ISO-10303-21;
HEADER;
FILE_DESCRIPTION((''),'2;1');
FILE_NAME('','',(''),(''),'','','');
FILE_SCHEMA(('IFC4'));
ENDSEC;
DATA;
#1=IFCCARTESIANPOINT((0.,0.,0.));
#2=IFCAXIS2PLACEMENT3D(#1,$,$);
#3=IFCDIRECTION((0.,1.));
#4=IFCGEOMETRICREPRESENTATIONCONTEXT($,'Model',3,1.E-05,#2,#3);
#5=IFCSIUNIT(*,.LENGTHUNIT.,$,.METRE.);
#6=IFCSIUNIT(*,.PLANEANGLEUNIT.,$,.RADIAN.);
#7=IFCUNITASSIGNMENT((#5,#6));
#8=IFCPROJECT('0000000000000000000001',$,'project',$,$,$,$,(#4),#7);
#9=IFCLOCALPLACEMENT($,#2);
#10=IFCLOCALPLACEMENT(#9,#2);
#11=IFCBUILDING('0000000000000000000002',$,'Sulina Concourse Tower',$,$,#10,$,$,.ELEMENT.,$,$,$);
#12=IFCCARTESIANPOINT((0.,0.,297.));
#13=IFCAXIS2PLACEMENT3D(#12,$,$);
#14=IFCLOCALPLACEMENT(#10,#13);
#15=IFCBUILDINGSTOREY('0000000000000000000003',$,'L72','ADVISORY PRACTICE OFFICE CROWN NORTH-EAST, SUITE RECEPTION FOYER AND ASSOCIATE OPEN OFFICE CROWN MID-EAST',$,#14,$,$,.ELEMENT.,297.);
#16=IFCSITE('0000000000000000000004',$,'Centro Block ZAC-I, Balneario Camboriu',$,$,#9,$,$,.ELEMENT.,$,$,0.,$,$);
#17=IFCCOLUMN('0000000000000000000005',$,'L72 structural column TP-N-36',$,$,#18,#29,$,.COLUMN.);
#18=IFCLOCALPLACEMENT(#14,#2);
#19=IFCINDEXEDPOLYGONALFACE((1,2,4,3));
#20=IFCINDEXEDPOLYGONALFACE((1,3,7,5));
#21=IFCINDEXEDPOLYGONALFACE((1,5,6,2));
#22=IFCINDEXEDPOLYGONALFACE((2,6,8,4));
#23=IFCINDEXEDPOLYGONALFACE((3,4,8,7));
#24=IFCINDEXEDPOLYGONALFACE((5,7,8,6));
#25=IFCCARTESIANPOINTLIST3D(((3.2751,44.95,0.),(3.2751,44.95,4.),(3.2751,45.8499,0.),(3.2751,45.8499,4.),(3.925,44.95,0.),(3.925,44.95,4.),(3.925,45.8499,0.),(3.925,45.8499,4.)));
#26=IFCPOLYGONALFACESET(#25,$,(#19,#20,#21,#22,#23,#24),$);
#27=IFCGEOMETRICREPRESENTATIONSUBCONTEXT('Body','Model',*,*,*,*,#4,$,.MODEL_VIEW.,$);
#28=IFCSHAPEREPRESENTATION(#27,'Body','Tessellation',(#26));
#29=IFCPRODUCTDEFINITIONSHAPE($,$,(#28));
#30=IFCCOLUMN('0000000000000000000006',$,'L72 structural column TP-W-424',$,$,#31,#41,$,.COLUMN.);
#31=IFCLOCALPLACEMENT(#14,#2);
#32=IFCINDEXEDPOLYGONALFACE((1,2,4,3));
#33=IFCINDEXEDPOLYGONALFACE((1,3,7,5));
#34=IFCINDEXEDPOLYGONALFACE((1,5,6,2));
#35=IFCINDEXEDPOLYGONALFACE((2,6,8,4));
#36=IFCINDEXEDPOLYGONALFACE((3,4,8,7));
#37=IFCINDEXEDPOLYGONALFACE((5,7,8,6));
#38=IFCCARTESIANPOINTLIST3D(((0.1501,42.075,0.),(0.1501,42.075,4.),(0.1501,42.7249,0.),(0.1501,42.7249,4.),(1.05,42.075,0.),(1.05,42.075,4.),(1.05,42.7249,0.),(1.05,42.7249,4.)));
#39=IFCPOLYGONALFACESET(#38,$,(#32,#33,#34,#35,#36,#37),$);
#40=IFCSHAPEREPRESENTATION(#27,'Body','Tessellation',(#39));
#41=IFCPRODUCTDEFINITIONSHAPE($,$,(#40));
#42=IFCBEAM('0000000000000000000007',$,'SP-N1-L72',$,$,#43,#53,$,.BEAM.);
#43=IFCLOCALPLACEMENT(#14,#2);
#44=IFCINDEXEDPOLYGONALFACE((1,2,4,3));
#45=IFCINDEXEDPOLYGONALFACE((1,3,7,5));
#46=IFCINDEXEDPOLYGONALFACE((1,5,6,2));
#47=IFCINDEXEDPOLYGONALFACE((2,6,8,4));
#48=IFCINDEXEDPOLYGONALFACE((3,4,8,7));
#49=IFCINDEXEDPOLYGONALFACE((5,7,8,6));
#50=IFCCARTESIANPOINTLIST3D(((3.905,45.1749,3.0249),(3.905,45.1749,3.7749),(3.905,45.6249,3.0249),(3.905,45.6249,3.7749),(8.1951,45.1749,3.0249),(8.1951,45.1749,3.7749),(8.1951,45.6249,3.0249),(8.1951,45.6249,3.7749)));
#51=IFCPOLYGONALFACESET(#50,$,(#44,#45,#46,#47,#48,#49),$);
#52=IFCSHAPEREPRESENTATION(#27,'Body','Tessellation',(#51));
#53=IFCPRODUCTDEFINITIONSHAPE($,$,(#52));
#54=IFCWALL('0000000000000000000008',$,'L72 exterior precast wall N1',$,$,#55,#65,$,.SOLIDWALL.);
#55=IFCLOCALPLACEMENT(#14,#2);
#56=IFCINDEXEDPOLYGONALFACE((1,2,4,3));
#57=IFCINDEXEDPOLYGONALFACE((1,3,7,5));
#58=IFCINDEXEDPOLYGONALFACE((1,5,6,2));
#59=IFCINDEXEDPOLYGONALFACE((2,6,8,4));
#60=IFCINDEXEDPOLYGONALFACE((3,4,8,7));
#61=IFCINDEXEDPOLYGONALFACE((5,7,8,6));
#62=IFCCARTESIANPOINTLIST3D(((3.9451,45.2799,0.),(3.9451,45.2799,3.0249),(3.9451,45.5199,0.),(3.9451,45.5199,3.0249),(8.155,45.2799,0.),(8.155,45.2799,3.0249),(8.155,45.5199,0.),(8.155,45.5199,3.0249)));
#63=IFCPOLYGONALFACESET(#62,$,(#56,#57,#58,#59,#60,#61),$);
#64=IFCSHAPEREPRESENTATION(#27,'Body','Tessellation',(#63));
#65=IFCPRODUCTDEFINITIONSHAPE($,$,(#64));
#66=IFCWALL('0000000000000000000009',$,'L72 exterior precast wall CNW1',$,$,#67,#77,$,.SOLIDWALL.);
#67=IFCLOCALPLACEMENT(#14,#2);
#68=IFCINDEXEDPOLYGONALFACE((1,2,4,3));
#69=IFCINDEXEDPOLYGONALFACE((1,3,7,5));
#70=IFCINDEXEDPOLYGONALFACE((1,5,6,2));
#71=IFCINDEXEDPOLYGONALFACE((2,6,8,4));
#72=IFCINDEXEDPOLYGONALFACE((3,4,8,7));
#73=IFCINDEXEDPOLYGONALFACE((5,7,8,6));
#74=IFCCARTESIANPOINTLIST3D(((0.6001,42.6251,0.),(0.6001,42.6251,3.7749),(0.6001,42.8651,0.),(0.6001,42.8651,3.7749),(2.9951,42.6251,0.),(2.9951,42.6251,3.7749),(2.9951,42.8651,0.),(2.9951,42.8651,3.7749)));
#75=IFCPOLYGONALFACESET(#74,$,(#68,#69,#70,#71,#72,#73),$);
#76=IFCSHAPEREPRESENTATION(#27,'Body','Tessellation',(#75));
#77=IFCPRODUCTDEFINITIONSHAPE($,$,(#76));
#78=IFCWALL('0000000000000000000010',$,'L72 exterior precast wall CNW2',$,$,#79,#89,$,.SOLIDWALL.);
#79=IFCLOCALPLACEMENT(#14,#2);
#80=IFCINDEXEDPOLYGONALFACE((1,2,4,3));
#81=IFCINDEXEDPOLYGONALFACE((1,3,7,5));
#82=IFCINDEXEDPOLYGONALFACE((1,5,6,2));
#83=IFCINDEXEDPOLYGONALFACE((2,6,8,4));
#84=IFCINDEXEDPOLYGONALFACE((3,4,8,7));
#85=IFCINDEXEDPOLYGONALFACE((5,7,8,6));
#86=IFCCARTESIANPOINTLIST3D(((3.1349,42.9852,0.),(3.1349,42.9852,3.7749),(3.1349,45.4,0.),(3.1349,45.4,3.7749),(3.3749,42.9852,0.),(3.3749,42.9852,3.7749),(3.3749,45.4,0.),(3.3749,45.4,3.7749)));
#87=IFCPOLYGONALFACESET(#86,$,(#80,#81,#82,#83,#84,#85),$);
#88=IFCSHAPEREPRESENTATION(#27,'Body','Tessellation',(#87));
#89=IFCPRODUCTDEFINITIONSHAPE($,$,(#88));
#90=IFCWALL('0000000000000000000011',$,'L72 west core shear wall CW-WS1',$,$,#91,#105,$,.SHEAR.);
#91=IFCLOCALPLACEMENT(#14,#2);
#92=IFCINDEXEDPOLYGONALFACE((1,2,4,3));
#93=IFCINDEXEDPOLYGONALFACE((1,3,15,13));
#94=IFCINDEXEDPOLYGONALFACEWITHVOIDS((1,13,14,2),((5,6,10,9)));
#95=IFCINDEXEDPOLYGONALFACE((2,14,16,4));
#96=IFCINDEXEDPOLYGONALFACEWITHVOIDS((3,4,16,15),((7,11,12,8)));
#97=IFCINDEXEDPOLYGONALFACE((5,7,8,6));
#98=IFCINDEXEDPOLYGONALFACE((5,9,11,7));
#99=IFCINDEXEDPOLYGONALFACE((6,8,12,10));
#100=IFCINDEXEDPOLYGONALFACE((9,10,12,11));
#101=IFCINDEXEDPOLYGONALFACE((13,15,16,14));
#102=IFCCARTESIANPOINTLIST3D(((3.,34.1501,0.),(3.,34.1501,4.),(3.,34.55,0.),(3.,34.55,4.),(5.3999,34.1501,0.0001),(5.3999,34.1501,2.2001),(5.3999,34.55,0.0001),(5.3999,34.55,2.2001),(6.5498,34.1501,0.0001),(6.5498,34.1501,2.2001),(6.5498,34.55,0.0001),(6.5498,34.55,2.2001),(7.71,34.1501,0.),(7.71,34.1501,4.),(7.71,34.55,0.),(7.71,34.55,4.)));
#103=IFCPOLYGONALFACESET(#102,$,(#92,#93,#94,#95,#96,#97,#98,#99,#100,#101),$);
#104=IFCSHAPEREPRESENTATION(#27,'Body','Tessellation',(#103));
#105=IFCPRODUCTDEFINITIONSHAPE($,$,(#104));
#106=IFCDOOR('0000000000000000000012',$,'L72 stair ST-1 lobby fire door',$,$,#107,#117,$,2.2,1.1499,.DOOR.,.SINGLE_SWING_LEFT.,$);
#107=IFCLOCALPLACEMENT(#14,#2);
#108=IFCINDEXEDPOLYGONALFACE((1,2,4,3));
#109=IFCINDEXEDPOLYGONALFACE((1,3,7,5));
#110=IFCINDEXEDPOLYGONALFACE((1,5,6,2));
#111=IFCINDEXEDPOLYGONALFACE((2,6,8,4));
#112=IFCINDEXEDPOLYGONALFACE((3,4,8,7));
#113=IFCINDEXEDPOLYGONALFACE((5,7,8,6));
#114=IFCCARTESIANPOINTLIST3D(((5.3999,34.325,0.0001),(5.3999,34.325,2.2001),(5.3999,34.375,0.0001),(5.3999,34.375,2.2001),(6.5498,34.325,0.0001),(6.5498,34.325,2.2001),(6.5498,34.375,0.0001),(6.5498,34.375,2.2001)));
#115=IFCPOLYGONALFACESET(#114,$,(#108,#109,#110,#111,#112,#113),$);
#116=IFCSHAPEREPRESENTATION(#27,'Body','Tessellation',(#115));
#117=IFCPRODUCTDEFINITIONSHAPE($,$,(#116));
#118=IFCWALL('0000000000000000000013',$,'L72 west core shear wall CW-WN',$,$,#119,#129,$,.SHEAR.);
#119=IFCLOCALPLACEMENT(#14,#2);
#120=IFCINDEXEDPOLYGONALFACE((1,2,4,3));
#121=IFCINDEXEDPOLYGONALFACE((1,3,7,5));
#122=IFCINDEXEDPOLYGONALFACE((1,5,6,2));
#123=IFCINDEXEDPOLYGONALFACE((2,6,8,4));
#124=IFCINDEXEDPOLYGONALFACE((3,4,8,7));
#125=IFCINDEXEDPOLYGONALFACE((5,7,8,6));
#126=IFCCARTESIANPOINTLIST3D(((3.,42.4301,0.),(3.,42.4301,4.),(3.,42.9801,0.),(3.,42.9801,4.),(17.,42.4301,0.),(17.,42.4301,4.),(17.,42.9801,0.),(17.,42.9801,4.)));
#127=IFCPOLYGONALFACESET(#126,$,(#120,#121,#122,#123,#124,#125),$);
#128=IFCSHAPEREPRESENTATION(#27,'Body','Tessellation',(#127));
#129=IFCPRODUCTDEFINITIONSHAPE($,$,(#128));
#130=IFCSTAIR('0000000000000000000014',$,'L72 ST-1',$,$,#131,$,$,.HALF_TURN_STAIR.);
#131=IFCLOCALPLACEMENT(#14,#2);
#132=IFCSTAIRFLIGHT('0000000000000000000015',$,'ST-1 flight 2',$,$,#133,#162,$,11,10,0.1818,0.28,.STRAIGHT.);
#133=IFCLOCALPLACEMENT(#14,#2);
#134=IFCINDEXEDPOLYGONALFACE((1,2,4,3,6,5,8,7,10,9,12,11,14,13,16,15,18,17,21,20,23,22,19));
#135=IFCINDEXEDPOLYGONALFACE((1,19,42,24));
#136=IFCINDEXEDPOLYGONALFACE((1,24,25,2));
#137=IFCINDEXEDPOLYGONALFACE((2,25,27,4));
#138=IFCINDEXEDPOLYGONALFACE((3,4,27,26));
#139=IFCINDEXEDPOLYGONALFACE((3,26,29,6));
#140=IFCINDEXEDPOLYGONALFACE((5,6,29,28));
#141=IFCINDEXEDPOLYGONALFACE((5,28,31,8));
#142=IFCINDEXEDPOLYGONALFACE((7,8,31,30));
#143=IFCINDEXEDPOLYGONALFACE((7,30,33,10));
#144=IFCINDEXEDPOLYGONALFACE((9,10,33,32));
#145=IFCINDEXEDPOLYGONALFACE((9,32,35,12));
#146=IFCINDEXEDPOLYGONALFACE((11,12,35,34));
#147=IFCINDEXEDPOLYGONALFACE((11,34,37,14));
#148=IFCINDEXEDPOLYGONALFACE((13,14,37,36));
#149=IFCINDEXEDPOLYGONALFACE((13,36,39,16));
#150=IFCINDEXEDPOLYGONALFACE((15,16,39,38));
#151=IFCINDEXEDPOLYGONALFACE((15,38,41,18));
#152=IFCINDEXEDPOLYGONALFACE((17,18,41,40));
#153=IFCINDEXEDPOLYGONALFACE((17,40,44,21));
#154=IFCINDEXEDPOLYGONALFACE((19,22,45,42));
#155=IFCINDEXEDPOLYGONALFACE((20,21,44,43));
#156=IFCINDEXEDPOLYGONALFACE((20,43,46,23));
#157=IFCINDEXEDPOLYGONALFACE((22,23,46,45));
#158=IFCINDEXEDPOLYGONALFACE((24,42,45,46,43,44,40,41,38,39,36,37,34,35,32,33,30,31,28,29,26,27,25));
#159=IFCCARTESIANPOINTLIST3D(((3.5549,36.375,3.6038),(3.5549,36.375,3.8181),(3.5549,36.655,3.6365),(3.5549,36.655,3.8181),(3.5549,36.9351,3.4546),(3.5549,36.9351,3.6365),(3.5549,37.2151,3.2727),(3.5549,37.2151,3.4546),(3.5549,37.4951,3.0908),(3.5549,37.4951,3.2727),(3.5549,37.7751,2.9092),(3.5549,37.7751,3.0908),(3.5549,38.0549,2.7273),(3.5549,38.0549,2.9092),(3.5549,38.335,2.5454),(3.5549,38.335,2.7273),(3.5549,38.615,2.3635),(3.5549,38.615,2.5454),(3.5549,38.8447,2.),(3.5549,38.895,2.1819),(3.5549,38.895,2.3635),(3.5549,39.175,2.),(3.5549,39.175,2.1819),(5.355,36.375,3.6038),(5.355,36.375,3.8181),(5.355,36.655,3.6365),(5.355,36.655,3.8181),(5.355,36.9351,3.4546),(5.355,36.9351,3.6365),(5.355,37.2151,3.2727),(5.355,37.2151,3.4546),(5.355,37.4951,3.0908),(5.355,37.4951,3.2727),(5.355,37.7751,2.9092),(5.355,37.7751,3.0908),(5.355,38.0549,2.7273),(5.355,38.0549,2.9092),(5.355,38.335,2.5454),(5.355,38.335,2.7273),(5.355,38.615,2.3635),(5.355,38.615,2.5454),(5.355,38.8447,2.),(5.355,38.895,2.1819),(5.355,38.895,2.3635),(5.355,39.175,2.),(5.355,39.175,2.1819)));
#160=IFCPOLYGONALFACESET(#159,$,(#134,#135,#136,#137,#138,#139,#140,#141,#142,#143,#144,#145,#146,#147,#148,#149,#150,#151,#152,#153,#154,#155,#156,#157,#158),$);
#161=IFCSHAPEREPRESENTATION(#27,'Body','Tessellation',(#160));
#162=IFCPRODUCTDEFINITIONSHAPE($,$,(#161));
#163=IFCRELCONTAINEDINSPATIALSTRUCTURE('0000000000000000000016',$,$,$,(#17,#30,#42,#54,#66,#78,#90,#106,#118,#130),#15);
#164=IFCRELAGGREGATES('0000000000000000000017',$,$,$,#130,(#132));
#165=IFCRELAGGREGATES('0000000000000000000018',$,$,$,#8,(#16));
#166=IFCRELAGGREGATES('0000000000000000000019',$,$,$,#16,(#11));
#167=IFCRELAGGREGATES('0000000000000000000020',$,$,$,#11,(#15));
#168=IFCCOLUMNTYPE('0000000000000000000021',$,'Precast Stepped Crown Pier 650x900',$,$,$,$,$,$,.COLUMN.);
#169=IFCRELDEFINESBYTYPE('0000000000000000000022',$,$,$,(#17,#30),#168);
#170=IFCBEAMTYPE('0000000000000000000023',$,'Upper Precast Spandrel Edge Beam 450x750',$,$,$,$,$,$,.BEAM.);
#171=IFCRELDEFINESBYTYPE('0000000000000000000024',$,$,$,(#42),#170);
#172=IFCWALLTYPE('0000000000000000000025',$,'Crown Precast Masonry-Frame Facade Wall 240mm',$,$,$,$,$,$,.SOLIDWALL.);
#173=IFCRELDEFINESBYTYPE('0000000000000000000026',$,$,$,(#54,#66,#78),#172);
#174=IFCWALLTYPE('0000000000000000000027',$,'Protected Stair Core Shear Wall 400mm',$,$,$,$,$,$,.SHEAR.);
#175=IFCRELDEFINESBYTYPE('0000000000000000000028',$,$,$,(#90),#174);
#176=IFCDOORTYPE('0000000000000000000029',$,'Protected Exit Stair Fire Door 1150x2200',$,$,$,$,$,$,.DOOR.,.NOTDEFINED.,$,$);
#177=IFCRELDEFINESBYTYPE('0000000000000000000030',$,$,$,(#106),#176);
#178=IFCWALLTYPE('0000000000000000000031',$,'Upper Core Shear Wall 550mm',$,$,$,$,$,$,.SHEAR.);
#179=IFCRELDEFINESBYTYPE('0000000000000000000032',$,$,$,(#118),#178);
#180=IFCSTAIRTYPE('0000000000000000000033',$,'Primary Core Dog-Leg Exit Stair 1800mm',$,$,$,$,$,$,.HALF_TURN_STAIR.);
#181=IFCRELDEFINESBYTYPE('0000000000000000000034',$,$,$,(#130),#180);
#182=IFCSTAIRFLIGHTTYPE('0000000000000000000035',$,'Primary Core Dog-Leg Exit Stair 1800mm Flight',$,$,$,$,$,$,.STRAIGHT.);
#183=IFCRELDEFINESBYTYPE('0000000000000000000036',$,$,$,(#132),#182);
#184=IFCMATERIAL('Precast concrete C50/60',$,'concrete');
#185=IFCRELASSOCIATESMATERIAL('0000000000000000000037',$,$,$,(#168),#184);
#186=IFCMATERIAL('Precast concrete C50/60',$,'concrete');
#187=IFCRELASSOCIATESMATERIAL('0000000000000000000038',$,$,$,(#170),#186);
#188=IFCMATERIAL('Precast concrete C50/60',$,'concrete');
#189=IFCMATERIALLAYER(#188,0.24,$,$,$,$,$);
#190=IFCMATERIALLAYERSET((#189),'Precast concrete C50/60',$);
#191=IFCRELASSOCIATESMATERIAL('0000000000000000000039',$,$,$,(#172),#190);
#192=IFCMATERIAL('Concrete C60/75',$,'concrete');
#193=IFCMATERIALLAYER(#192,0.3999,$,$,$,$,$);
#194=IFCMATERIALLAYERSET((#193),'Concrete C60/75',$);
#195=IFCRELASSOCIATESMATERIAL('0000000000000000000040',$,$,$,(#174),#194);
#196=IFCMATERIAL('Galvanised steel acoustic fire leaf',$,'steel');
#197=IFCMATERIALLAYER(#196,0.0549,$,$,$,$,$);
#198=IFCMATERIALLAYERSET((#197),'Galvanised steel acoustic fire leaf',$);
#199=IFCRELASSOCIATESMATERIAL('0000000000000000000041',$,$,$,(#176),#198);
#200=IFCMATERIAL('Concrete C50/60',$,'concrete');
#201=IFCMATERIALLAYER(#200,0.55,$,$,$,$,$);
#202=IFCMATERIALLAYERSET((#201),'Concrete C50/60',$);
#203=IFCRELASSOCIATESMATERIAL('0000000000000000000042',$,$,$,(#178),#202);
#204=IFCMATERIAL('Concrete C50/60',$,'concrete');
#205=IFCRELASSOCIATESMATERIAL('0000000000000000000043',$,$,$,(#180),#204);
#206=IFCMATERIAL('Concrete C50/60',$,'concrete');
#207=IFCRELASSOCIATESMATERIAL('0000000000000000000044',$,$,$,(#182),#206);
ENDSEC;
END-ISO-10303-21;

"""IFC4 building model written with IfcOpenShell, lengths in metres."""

from ifc_helpers import new_model, si_unit, direction, frame, frame_2d, origin, origin_2d, place, context, subcontext, project, spatial, polyline, rectangle, outline, extrude, material, layer, layer_set, material_profile, profile_set, type_object, element, fill, aggregate, save


model = new_model("IFC4")

# Units and contexts
model_context = context("Model", 3, precision=1e-05, world=origin(), true_north=direction((0.0, 1.0)))
body_context = subcontext(model_context, "Body", "Model", "MODEL_VIEW")
ifc_project = project(units=[si_unit("LENGTHUNIT", "METRE"), si_unit("PLANEANGLEUNIT", "RADIAN")], contexts=[model_context])

# Site, building, storey
site_placement = place(None, origin())
site = spatial("IfcSite", under=ifc_project, at=site_placement, Name="Centro Block ZAC-I, Balneario Camboriu", CompositionType="ELEMENT", RefElevation=0.0)
building_placement = place(site_placement, origin())
building = spatial("IfcBuilding", under=site, at=building_placement, Name="Sulina Concourse Tower", CompositionType="ELEMENT")
storey_placement = place(building_placement, frame((0.0, 0.0, 297.0)))
storey = spatial("IfcBuildingStorey", under=building, at=storey_placement, Name="L72", Description="ADVISORY PRACTICE OFFICE CROWN NORTH-EAST, SUITE RECEPTION FOYER AND ASSOCIATE OPEN OFFICE CROWN MID-EAST", CompositionType="ELEMENT", Elevation=297.0)

# Columns
ifc_material_1 = material(Name="Precast concrete C50/60", Category="concrete")
ifc_material_profile_1 = material_profile(ifc_material_1, rectangle(XDim=0.6499, YDim=0.8999, at=origin_2d()), Name="PC 650x900")
ifc_profile_set_1 = profile_set([ifc_material_profile_1], Name="Precast concrete C50/60")
column_type = type_object("IfcColumnType", Name="Precast Stepped Crown Pier 650x900", PredefinedType="COLUMN", material=ifc_profile_set_1)
for number, where, z_axis, x_axis, name in (
    (1, (3.6001, 45.3999, 0.0), (0.0, 0.0, 1.0), (1.0, 0.0, 0.0), "L72 structural column TP-N-36"),
    (2, (0.6001, 42.3999, 0.0), (0.0, 0.0, 1.0), (0.0, 1.0, 0.0), "L72 structural column TP-W-424"),
):
    element("IfcColumn", number, at=place(storey_placement, frame(where, z_axis=z_axis, x_axis=x_axis)), inside=storey, type_object=column_type, Name=name, PredefinedType="COLUMN", context=body_context, shape_type="SweptSolid", body=[
        extrude(rectangle(XDim=0.6499, YDim=0.8999, at=origin_2d()), origin(), (0.0, 0.0, 1.0), 4.0),
    ])

# Beam
ifc_material_2 = material(Name="Precast concrete C50/60", Category="concrete")
ifc_material_profile_2 = material_profile(ifc_material_2, rectangle(XDim=0.45, YDim=0.75, at=origin_2d()), Name="RC 450x750")
ifc_profile_set_2 = profile_set([ifc_material_profile_2], Name="Precast concrete C50/60")
beam_type = type_object("IfcBeamType", Name="Upper Precast Spandrel Edge Beam 450x750", PredefinedType="BEAM", material=ifc_profile_set_2)
beam_placement = place(storey_placement, frame((3.905, 45.3999, 3.3999), z_axis=(1.0, 0.0, 0.0), x_axis=(0.0, 1.0, 0.0)))
element("IfcBeam", 3, at=beam_placement, inside=storey, type_object=beam_type, Name="SP-N1-L72", PredefinedType="BEAM", context=body_context, shape_type="SweptSolid", body=[
    extrude(rectangle(XDim=0.45, YDim=0.75, at=origin_2d()), origin(), (0.0, 0.0, 1.0), 4.29),
])

# Walls
ifc_material_3 = material(Name="Precast concrete C50/60", Category="concrete")
ifc_layer_1 = layer(ifc_material_3, 0.24)
ifc_layer_set_1 = layer_set([ifc_layer_1], Name="Precast concrete C50/60")
wall_type_1 = type_object("IfcWallType", Name="Crown Precast Masonry-Frame Facade Wall 240mm", PredefinedType="SOLIDWALL", material=ifc_layer_set_1)
wall_1_placement = place(storey_placement, frame((3.9451, 45.3999, 0.0), z_axis=(0.0, 0.0, 1.0), x_axis=(1.0, 0.0, 0.0)))
element("IfcWall", 4, at=wall_1_placement, inside=storey, type_object=wall_type_1, Name="L72 exterior precast wall N1", PredefinedType="SOLIDWALL", context=body_context, shape_type="SweptSolid", body=[
    extrude(rectangle(XDim=4.21, YDim=0.24, at=frame_2d((2.105, 0.0))), origin(), (0.0, 0.0, 1.0), 3.0249),
])
wall_2_placement = place(storey_placement, frame((0.6001, 42.7451, 0.0), z_axis=(0.0, 0.0, 1.0), x_axis=(1.0, 0.0, 0.0)))
element("IfcWall", 5, at=wall_2_placement, inside=storey, type_object=wall_type_1, Name="L72 exterior precast wall CNW1", PredefinedType="SOLIDWALL", context=body_context, shape_type="SweptSolid", body=[
    extrude(rectangle(XDim=2.395, YDim=0.24, at=frame_2d((1.1975, 0.0))), origin(), (0.0, 0.0, 1.0), 3.7749),
])
wall_3_placement = place(storey_placement, frame((3.2549, 42.9851, 0.0), z_axis=(0.0, 0.0, 1.0), x_axis=(0.0, 1.0, 0.0)))
element("IfcWall", 6, at=wall_3_placement, inside=storey, type_object=wall_type_1, Name="L72 exterior precast wall CNW2", PredefinedType="SOLIDWALL", context=body_context, shape_type="SweptSolid", body=[
    extrude(rectangle(XDim=2.4148, YDim=0.24, at=frame_2d((1.2075, 0.0))), origin(), (0.0, 0.0, 1.0), 3.7749),
])

# Wall, opening, door
ifc_material_4 = material(Name="Concrete C60/75", Category="concrete")
ifc_layer_2 = layer(ifc_material_4, 0.3999)
ifc_layer_set_2 = layer_set([ifc_layer_2], Name="Concrete C60/75")
wall_type_2 = type_object("IfcWallType", Name="Protected Stair Core Shear Wall 400mm", PredefinedType="SHEAR", material=ifc_layer_set_2)
wall_4_placement = place(storey_placement, frame((3.0, 34.3501, 0.0), z_axis=(0.0, 0.0, 1.0), x_axis=(1.0, 0.0, 0.0)))
wall_4 = element("IfcWall", 7, at=wall_4_placement, inside=storey, type_object=wall_type_2, Name="L72 west core shear wall CW-WS1", PredefinedType="SHEAR", context=body_context, shape_type="SweptSolid", body=[
    extrude(rectangle(XDim=4.71, YDim=0.3999, at=frame_2d((2.355, 0.0))), origin(), (0.0, 0.0, 1.0), 4.0),
])
opening_placement = place(wall_4_placement, frame((2.3999, 0.0, 0.0)))
opening = element("IfcOpeningElement", 8, at=opening_placement, cuts=wall_4, PredefinedType="OPENING", context=body_context, shape_type="SweptSolid", body=[
    extrude(rectangle(XDim=1.1499, YDim=2.2, at=frame_2d((0.575, 1.1001))), frame((0.0, 0.21, 0.0), z_axis=(0.0, -1.0, 0.0), x_axis=(1.0, 0.0, 0.0)), (0.0, 0.0, 1.0), 0.4199),
])
ifc_material_5 = material(Name="Galvanised steel acoustic fire leaf", Category="steel")
ifc_layer_3 = layer(ifc_material_5, 0.0549)
ifc_layer_set_3 = layer_set([ifc_layer_3], Name="Galvanised steel acoustic fire leaf")
door_type = type_object("IfcDoorType", Name="Protected Exit Stair Fire Door 1150x2200", OperationType="NOTDEFINED", PredefinedType="DOOR", material=ifc_layer_set_3)
door_placement = place(opening_placement, origin())
door = element("IfcDoor", 9, at=door_placement, inside=storey, type_object=door_type, Name="L72 stair ST-1 lobby fire door", OperationType="SINGLE_SWING_LEFT", OverallHeight=2.2, OverallWidth=1.1499, PredefinedType="DOOR", context=body_context, shape_type="SweptSolid", body=[
    extrude(rectangle(XDim=1.1499, YDim=2.2, at=frame_2d((0.575, 1.1001))), frame((0.0, 0.0249, 0.0), z_axis=(0.0, -1.0, 0.0), x_axis=(1.0, 0.0, 0.0)), (0.0, 0.0, 1.0), 0.05),
])
fill(opening, door)

# Wall
ifc_material_6 = material(Name="Concrete C50/60", Category="concrete")
ifc_layer_4 = layer(ifc_material_6, 0.55)
ifc_layer_set_4 = layer_set([ifc_layer_4], Name="Concrete C50/60")
wall_type_3 = type_object("IfcWallType", Name="Upper Core Shear Wall 550mm", PredefinedType="SHEAR", material=ifc_layer_set_4)
wall_5_placement = place(storey_placement, frame((3.0, 42.7051, 0.0), z_axis=(0.0, 0.0, 1.0), x_axis=(1.0, 0.0, 0.0)))
element("IfcWall", 10, at=wall_5_placement, inside=storey, type_object=wall_type_3, Name="L72 west core shear wall CW-WN", PredefinedType="SHEAR", context=body_context, shape_type="SweptSolid", body=[
    extrude(rectangle(XDim=14.0, YDim=0.55, at=frame_2d((7.0, 0.0))), origin(), (0.0, 0.0, 1.0), 4.0),
])

# Stair, stair flight
ifc_material_7 = material(Name="Concrete C50/60", Category="concrete")
stair_type = type_object("IfcStairType", Name="Primary Core Dog-Leg Exit Stair 1800mm", PredefinedType="HALF_TURN_STAIR", material=ifc_material_7)
stair_placement = place(storey_placement, origin())
stair = element("IfcStair", 11, at=stair_placement, inside=storey, type_object=stair_type, Name="L72 ST-1", PredefinedType="HALF_TURN_STAIR")
ifc_material_8 = material(Name="Concrete C50/60", Category="concrete")
stair_flight_type = type_object("IfcStairFlightType", Name="Primary Core Dog-Leg Exit Stair 1800mm Flight", PredefinedType="STRAIGHT", material=ifc_material_8)
stair_flight_placement = place(storey_placement, frame((4.4551, 39.175, 2.0), z_axis=(0.0, 0.0, 1.0), x_axis=(0.0, -1.0, 0.0)))
stair_flight = element("IfcStairFlight", 12, at=stair_flight_placement, type_object=stair_flight_type, Name="ST-1 flight 2", NumberOfRisers=11, NumberOfTreads=10, PredefinedType="STRAIGHT", RiserHeight=0.1818, TreadLength=0.28, context=body_context, shape_type="SweptSolid", body=[
    extrude(outline(polyline([(0.0, 0.0), (0.0, 0.1819), (0.28, 0.1819), (0.28, 0.3635), (0.5601, 0.3635), (0.5601, 0.5454), (0.8401, 0.5454), (0.8401, 0.7273), (1.1201, 0.7273), (1.1201, 0.9092), (1.3999, 0.9092), (1.3999, 1.0908), (1.6799, 1.0908), (1.6799, 1.2727), (1.96, 1.2727), (1.96, 1.4546), (2.24, 1.4546), (2.24, 1.6365), (2.52, 1.6365), (2.52, 1.8181), (2.8, 1.8181), (2.8, 2.0), (2.8, 1.6038), (0.3303, 0.0), (0.0, 0.0)])), frame((0.0, 0.8999, 0.0), z_axis=(0.0, -1.0, 0.0), x_axis=(1.0, 0.0, 0.0)), (0.0, 0.0, 1.0), 1.8),
])
aggregate(stair, [stair_flight])

save(model, "model.ifc")
